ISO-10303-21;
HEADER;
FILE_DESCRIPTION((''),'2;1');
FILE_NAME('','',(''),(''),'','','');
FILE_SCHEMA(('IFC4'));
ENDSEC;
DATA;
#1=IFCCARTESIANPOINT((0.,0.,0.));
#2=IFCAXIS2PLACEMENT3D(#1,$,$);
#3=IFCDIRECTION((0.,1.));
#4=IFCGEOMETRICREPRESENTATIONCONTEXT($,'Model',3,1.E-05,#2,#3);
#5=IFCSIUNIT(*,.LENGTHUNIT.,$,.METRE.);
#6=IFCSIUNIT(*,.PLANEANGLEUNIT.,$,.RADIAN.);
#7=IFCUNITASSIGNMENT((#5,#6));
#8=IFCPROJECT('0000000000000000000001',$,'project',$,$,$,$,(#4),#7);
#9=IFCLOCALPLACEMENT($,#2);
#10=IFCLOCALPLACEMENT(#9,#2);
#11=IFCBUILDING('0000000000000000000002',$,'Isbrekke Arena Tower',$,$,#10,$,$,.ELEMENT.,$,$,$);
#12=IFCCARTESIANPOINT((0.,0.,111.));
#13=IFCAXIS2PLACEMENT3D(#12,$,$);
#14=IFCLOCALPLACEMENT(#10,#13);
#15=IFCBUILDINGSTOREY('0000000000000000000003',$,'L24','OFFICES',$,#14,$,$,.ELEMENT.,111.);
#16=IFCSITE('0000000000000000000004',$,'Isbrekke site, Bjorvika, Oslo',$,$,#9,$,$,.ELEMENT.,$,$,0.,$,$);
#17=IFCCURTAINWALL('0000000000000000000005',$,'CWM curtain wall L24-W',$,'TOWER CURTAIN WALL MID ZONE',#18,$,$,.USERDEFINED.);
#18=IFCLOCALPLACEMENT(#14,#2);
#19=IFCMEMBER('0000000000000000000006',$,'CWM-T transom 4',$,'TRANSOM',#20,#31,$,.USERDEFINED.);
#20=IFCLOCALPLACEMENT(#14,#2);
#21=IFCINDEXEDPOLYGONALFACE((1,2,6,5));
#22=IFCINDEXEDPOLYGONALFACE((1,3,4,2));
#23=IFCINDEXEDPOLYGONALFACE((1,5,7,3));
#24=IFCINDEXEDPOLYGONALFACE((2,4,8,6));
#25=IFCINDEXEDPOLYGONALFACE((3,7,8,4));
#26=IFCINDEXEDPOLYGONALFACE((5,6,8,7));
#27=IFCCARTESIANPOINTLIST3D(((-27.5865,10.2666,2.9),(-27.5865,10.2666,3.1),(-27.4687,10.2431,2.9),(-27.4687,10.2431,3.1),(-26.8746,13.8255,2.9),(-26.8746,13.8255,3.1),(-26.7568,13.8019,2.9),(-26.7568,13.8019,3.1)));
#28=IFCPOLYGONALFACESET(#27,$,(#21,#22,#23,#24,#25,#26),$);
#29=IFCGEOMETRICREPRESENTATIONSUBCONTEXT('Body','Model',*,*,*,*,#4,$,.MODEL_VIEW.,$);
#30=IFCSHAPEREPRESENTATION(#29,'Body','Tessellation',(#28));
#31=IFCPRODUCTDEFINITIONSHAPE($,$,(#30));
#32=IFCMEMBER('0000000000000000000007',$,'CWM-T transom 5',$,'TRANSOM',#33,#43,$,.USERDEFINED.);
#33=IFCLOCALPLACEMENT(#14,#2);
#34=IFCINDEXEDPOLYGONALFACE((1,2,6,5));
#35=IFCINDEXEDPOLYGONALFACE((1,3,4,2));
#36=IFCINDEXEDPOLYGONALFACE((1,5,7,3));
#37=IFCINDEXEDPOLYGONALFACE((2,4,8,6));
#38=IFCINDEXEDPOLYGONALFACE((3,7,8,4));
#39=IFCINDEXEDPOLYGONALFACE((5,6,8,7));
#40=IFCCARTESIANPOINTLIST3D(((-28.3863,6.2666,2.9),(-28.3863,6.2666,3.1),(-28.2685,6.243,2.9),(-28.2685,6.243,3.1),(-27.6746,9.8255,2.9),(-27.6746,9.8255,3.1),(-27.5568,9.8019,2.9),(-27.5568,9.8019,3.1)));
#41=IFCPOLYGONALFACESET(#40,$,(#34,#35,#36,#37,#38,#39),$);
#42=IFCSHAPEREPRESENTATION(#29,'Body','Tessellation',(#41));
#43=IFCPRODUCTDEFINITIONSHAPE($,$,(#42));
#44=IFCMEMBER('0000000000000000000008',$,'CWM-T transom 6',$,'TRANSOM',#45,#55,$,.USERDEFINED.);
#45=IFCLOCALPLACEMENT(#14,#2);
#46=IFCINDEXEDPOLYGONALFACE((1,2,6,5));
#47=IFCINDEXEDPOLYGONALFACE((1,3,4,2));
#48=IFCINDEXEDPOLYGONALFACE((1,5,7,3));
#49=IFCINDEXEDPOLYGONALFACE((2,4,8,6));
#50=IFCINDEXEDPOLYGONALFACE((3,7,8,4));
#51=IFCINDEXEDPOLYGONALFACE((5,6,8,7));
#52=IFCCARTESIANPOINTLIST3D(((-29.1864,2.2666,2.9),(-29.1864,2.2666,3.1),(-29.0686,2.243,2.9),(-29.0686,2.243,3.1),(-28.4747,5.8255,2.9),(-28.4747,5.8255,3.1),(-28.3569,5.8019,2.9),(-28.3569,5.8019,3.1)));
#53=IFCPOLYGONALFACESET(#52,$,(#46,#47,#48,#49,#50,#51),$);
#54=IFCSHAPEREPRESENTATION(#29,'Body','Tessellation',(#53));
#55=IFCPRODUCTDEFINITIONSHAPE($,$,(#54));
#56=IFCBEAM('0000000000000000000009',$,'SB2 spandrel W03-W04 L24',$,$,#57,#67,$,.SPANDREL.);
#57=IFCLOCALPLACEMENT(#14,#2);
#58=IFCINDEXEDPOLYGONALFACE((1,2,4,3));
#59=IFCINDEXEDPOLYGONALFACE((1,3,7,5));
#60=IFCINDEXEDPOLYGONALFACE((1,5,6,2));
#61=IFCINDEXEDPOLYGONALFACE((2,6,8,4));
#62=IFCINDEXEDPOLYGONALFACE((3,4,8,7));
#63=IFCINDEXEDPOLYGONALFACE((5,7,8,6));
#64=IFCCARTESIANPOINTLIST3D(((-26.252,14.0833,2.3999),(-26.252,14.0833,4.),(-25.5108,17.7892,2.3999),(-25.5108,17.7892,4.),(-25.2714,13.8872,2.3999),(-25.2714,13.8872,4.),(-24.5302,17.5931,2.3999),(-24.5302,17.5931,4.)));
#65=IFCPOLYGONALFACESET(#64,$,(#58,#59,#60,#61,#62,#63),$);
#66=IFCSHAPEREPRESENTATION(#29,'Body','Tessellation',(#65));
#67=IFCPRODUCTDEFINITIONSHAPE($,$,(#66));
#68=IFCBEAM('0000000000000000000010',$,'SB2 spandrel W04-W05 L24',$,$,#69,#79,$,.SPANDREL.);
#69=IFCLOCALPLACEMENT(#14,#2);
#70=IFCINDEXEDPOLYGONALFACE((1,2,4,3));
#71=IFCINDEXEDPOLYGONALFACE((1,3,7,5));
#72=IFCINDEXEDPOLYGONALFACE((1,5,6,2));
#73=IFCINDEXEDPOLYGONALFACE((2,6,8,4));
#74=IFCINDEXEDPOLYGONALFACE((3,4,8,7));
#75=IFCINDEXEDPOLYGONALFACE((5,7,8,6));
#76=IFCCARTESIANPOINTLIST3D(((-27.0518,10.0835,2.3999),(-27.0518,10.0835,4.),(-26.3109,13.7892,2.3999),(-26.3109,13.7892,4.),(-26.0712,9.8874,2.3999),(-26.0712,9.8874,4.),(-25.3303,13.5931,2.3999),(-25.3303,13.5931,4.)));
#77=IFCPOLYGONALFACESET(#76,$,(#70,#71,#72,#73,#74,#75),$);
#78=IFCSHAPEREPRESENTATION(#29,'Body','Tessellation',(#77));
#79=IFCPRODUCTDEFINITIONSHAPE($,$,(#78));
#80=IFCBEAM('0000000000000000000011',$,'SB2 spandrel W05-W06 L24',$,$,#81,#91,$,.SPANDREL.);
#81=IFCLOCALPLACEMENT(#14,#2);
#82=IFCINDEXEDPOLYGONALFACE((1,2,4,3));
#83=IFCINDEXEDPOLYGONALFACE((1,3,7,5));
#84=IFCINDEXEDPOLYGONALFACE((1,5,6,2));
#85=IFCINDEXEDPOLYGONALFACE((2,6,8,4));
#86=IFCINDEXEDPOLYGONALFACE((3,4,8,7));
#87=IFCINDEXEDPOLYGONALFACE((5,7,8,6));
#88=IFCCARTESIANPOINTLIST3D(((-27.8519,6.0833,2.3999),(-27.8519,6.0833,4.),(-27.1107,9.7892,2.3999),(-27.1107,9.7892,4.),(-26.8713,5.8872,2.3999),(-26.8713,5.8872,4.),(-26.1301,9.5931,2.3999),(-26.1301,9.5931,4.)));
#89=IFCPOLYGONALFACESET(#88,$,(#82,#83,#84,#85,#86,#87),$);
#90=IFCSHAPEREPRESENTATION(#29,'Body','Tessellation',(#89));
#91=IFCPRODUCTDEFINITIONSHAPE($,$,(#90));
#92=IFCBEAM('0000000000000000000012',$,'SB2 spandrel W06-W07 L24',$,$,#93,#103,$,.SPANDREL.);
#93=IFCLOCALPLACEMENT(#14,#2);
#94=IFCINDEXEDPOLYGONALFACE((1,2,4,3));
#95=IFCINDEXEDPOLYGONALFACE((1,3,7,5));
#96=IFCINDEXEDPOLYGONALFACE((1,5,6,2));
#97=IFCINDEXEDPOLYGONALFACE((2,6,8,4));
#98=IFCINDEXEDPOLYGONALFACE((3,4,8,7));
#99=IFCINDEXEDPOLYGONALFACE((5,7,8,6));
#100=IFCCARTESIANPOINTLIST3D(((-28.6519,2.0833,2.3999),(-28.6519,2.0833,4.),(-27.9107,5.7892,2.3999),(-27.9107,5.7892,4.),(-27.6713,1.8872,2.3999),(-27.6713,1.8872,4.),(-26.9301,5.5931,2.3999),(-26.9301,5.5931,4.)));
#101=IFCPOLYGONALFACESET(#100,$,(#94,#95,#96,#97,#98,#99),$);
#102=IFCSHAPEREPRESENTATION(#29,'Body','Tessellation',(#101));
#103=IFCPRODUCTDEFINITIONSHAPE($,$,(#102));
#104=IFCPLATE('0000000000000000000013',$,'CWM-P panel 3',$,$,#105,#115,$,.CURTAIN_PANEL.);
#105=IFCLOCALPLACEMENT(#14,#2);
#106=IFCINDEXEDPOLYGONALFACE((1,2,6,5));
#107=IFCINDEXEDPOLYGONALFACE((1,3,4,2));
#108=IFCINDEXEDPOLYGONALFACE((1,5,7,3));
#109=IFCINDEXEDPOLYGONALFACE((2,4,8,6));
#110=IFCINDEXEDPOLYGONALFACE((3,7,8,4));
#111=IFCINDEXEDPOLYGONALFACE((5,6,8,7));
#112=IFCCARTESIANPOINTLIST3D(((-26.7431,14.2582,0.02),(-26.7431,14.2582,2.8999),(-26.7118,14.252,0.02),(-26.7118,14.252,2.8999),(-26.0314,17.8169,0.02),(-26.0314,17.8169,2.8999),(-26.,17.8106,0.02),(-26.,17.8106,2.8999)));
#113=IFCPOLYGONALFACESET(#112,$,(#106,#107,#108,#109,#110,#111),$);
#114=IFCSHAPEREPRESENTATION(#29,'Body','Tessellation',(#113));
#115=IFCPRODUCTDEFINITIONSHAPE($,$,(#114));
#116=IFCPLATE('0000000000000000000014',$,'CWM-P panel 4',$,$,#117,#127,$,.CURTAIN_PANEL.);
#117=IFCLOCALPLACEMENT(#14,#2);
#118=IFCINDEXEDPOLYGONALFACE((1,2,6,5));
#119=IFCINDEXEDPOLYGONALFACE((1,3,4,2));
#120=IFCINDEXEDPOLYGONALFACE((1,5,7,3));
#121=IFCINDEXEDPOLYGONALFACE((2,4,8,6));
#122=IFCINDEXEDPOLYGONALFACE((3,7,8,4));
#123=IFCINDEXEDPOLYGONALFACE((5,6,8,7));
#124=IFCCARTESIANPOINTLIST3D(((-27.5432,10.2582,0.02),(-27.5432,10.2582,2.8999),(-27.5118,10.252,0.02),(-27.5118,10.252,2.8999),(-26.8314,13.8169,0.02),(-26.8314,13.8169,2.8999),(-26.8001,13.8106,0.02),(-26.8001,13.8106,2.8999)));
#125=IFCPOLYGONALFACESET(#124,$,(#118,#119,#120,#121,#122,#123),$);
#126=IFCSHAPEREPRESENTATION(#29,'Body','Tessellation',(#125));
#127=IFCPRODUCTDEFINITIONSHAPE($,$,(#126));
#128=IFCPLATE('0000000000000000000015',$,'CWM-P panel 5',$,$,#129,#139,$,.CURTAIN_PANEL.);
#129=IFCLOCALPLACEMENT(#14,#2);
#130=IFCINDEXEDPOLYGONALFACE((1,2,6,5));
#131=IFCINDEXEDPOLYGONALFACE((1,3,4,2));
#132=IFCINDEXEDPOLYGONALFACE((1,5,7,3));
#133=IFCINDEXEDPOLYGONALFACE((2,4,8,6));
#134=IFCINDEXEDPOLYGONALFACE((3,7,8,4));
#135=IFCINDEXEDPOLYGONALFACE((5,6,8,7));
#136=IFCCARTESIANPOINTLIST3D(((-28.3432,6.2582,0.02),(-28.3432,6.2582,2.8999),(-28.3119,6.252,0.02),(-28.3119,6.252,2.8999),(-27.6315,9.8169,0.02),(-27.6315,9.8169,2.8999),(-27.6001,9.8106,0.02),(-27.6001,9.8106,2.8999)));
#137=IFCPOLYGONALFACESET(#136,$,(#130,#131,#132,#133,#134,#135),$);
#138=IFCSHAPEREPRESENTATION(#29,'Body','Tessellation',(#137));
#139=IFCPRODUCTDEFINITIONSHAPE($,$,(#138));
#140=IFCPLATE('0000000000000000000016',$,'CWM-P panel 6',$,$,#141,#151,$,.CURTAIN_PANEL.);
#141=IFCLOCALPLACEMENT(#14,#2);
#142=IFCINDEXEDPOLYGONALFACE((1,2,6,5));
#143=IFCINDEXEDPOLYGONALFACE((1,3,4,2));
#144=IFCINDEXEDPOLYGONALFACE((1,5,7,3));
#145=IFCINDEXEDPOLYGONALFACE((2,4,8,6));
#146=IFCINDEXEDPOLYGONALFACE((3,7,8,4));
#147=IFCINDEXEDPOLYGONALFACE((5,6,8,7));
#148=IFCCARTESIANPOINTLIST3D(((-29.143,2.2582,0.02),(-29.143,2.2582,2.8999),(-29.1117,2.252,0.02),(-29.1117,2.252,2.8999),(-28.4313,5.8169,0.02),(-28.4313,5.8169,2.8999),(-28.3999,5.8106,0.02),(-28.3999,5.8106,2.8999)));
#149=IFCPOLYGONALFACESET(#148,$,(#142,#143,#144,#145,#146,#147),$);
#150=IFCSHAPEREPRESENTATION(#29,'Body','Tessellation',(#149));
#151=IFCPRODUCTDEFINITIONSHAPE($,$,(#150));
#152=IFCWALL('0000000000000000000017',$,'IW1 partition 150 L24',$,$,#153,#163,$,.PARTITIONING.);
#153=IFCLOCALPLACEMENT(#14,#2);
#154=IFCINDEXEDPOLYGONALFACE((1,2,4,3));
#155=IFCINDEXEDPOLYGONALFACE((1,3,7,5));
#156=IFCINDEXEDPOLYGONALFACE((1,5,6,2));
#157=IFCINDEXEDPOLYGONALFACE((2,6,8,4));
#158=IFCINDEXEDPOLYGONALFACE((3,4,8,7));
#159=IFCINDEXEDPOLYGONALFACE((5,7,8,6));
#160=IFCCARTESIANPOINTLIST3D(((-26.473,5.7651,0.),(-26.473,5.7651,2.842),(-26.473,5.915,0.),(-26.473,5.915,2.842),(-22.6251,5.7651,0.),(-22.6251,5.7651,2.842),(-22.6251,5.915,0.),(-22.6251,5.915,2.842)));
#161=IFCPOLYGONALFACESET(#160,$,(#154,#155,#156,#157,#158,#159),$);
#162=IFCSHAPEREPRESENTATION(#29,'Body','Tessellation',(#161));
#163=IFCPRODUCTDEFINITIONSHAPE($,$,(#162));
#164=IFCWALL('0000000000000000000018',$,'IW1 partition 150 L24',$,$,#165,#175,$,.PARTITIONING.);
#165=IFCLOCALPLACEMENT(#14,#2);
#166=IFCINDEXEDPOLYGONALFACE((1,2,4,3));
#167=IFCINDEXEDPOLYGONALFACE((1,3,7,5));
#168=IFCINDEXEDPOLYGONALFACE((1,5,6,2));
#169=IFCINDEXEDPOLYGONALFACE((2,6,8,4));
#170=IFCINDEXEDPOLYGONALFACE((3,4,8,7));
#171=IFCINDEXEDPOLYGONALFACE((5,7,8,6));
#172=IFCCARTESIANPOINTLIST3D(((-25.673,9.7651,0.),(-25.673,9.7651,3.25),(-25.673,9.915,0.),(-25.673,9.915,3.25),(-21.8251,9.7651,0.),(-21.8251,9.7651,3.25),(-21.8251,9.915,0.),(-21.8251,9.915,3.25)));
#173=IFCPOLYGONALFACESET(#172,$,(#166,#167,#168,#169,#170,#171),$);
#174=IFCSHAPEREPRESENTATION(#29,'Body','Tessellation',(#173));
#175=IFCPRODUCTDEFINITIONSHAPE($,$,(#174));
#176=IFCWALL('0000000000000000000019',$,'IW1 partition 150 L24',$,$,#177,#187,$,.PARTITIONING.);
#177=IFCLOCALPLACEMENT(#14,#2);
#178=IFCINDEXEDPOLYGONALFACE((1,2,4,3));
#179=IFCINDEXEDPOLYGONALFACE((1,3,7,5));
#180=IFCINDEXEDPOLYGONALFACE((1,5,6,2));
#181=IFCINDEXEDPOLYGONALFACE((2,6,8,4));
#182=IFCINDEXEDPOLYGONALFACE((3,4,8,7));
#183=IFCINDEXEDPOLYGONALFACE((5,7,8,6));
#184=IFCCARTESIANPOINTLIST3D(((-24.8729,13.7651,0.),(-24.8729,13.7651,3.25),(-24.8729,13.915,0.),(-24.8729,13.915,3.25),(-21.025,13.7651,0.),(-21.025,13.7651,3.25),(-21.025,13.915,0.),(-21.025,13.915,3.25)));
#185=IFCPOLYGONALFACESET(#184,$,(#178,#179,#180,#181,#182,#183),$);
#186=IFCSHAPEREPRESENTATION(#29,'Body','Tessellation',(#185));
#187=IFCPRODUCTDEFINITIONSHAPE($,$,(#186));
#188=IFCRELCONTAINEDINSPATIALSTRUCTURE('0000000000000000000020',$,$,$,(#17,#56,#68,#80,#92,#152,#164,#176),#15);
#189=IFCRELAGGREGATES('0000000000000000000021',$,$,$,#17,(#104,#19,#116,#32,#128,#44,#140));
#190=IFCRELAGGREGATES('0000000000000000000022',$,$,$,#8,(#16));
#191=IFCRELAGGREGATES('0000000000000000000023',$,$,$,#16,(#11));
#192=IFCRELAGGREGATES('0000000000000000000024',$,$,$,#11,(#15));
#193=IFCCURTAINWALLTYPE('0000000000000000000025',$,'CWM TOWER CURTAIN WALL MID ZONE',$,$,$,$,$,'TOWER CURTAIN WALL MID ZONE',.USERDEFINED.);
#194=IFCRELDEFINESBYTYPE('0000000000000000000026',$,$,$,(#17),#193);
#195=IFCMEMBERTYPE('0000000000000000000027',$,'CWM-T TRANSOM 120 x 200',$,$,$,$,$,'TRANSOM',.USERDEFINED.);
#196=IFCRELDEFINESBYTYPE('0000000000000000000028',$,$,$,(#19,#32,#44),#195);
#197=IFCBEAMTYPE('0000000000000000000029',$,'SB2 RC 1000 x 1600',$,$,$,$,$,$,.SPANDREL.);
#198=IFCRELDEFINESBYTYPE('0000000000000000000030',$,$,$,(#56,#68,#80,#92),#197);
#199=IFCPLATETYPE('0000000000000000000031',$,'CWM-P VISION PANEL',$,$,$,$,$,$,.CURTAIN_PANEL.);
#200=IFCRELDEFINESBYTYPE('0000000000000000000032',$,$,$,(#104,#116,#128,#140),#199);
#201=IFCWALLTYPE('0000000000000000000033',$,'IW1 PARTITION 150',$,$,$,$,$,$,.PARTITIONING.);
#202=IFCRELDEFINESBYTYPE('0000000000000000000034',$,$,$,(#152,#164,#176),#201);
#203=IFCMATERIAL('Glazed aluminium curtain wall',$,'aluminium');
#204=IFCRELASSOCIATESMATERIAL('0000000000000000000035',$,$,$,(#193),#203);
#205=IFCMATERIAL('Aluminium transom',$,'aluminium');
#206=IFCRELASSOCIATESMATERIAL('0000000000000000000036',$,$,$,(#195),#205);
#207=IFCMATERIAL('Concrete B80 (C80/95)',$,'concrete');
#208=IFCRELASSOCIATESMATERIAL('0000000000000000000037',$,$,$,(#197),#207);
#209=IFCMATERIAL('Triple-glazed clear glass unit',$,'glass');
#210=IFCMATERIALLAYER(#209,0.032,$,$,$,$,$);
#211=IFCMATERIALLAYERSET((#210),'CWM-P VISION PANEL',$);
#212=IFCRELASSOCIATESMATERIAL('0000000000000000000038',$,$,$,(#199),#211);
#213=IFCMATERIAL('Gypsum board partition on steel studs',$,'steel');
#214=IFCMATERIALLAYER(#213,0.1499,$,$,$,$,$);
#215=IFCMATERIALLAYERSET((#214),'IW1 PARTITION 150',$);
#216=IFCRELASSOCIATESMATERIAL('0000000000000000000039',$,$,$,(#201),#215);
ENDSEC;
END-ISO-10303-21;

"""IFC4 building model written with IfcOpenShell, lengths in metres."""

from ifc_helpers import new_model, si_unit, direction, frame, frame_2d, origin, origin_2d, place, context, subcontext, project, spatial, rectangle, extrude, material, layer, layer_set, material_profile, profile_set, type_object, element, aggregate, save


model = new_model("IFC4")

# Units and contexts
model_context = context("Model", 3, precision=1e-05, world=origin(), true_north=direction((0.0, 1.0)))
body_context = subcontext(model_context, "Body", "Model", "MODEL_VIEW")
ifc_project = project(units=[si_unit("LENGTHUNIT", "METRE"), si_unit("PLANEANGLEUNIT", "RADIAN")], contexts=[model_context])

# Site, building, storey
site_placement = place(None, origin())
site = spatial("IfcSite", under=ifc_project, at=site_placement, Name="Isbrekke site, Bjorvika, Oslo", CompositionType="ELEMENT", RefElevation=0.0)
building_placement = place(site_placement, origin())
building = spatial("IfcBuilding", under=site, at=building_placement, Name="Isbrekke Arena Tower", CompositionType="ELEMENT")
storey_placement = place(building_placement, frame((0.0, 0.0, 111.0)))
storey = spatial("IfcBuildingStorey", under=building, at=storey_placement, Name="L24", Description="OFFICES", CompositionType="ELEMENT", Elevation=111.0)

# Curtain wall, members
ifc_material_1 = material(Name="Glazed aluminium curtain wall", Category="aluminium")
curtain_wall_type = type_object("IfcCurtainWallType", Name="CWM TOWER CURTAIN WALL MID ZONE", ElementType="TOWER CURTAIN WALL MID ZONE", PredefinedType="USERDEFINED", material=ifc_material_1)
curtain_wall_placement = place(storey_placement, origin())
curtain_wall = element("IfcCurtainWall", 1, at=curtain_wall_placement, inside=storey, type_object=curtain_wall_type, Name="CWM curtain wall L24-W", ObjectType="TOWER CURTAIN WALL MID ZONE", PredefinedType="USERDEFINED")
ifc_material_2 = material(Name="Aluminium transom", Category="aluminium")
ifc_material_profile_1 = material_profile(ifc_material_2, rectangle(XDim=0.1201, YDim=0.2, at=origin_2d()), Name="TRANSOM 120X200")
ifc_profile_set_1 = profile_set([ifc_material_profile_1], Name="Aluminium transom")
member_type_1 = type_object("IfcMemberType", Name="CWM-T TRANSOM 120 x 200", ElementType="TRANSOM", PredefinedType="USERDEFINED", material=ifc_profile_set_1)
member_1_placement = place(storey_placement, frame((-26.8157, 13.8137, 3.0), z_axis=(-0.196155, -0.980573, 0.0), x_axis=(0.980573, -0.196155, 0.0)))
member_1 = element("IfcMember", 2, at=member_1_placement, type_object=member_type_1, Name="CWM-T transom 4", ObjectType="TRANSOM", PredefinedType="USERDEFINED", context=body_context, shape_type="SweptSolid", body=[
    extrude(rectangle(XDim=0.1201, YDim=0.2, at=origin_2d()), origin(), (0.0, 0.0, 1.0), 3.6294),
])
member_2_placement = place(storey_placement, frame((-27.6157, 9.8137, 3.0), z_axis=(-0.19609, -0.980586, 0.0), x_axis=(0.980586, -0.19609, 0.0)))
member_2 = element("IfcMember", 3, at=member_2_placement, type_object=member_type_1, Name="CWM-T transom 5", ObjectType="TRANSOM", PredefinedType="USERDEFINED", context=body_context, shape_type="SweptSolid", body=[
    extrude(rectangle(XDim=0.1201, YDim=0.2, at=origin_2d()), origin(), (0.0, 0.0, 1.0), 3.6294),
])
member_3_placement = place(storey_placement, frame((-28.4158, 5.8137, 3.0), z_axis=(-0.19609, -0.980586, 0.0), x_axis=(0.980586, -0.19609, 0.0)))
member_3 = element("IfcMember", 4, at=member_3_placement, type_object=member_type_1, Name="CWM-T transom 6", ObjectType="TRANSOM", PredefinedType="USERDEFINED", context=body_context, shape_type="SweptSolid", body=[
    extrude(rectangle(XDim=0.1201, YDim=0.2, at=origin_2d()), origin(), (0.0, 0.0, 1.0), 3.6294),
])

# Beams
ifc_material_3 = material(Name="Concrete B80 (C80/95)", Category="concrete")
ifc_material_profile_2 = material_profile(ifc_material_3, rectangle(XDim=1.0, YDim=1.6001, at=origin_2d()), Name="RC 1000x1600")
ifc_profile_set_2 = profile_set([ifc_material_profile_2], Name="Concrete B80 (C80/95)")
beam_type_1 = type_object("IfcBeamType", Name="SB2 RC 1000 x 1600", PredefinedType="SPANDREL", material=ifc_profile_set_2)
beam_1_placement = place(storey_placement, frame((-25.0205, 17.6912, 3.2), z_axis=(-0.196129, -0.980578, 0.0), x_axis=(0.980578, -0.196129, 0.0)))
element("IfcBeam", 5, at=beam_1_placement, inside=storey, type_object=beam_type_1, Name="SB2 spandrel W03-W04 L24", PredefinedType="SPANDREL", context=body_context, shape_type="SweptSolid", body=[
    extrude(rectangle(XDim=1.0, YDim=1.6001, at=origin_2d()), origin(), (0.0, 0.0, 1.0), 3.7793),
])
beam_2_placement = place(storey_placement, frame((-25.8206, 13.6912, 3.2), z_axis=(-0.196066, -0.980591, 0.0), x_axis=(0.980591, -0.196066, 0.0)))
element("IfcBeam", 6, at=beam_2_placement, inside=storey, type_object=beam_type_1, Name="SB2 spandrel W04-W05 L24", PredefinedType="SPANDREL", context=body_context, shape_type="SweptSolid", body=[
    extrude(rectangle(XDim=1.0, YDim=1.6001, at=origin_2d()), origin(), (0.0, 0.0, 1.0), 3.7791),
])
for number, where, z_axis, x_axis, name in (
    (7, (-26.6204, 9.6912, 3.2), (-0.196129, -0.980578, 0.0), (0.980578, -0.196129, 0.0), "SB2 spandrel W05-W06 L24"),
    (8, (-27.4204, 5.6912, 3.2), (-0.196129, -0.980578, 0.0), (0.980578, -0.196129, 0.0), "SB2 spandrel W06-W07 L24"),
):
    element("IfcBeam", number, at=place(storey_placement, frame(where, z_axis=z_axis, x_axis=x_axis)), inside=storey, type_object=beam_type_1, Name=name, PredefinedType="SPANDREL", context=body_context, shape_type="SweptSolid", body=[
        extrude(rectangle(XDim=1.0, YDim=1.6001, at=origin_2d()), origin(), (0.0, 0.0, 1.0), 3.7793),
    ])

# Plates
ifc_material_4 = material(Name="Triple-glazed clear glass unit", Category="glass")
ifc_layer_1 = layer(ifc_material_4, 0.032)
ifc_layer_set_1 = layer_set([ifc_layer_1], Name="CWM-P VISION PANEL")
plate_type = type_object("IfcPlateType", Name="CWM-P VISION PANEL", PredefinedType="CURTAIN_PANEL", material=ifc_layer_set_1)
plate_1_placement = place(storey_placement, frame((-26.3716, 16.0344, 0.02), z_axis=(0.0, 0.0, 1.0), x_axis=(-0.196116, -0.980581, 0.0)))
plate_1 = element("IfcPlate", 9, at=plate_1_placement, type_object=plate_type, Name="CWM-P panel 3", PredefinedType="CURTAIN_PANEL", context=body_context, shape_type="SweptSolid", body=[
    extrude(rectangle(XDim=3.6292, YDim=0.032, at=origin_2d()), origin(), (0.0, 0.0, 1.0), 2.8799),
])
plate_2_placement = place(storey_placement, frame((-27.1716, 12.0344, 0.02), z_axis=(0.0, 0.0, 1.0), x_axis=(-0.196116, -0.980581, 0.0)))
plate_2 = element("IfcPlate", 10, at=plate_2_placement, type_object=plate_type, Name="CWM-P panel 4", PredefinedType="CURTAIN_PANEL", context=body_context, shape_type="SweptSolid", body=[
    extrude(rectangle(XDim=3.6292, YDim=0.032, at=origin_2d()), origin(), (0.0, 0.0, 1.0), 2.8799),
])
plate_3_placement = place(storey_placement, frame((-27.9717, 8.0344, 0.02), z_axis=(0.0, 0.0, 1.0), x_axis=(-0.196116, -0.980581, 0.0)))
plate_3 = element("IfcPlate", 11, at=plate_3_placement, type_object=plate_type, Name="CWM-P panel 5", PredefinedType="CURTAIN_PANEL", context=body_context, shape_type="SweptSolid", body=[
    extrude(rectangle(XDim=3.6292, YDim=0.032, at=origin_2d()), origin(), (0.0, 0.0, 1.0), 2.8799),
])
plate_4_placement = place(storey_placement, frame((-28.7715, 4.0344, 0.02), z_axis=(0.0, 0.0, 1.0), x_axis=(-0.196116, -0.980581, 0.0)))
plate_4 = element("IfcPlate", 12, at=plate_4_placement, type_object=plate_type, Name="CWM-P panel 6", PredefinedType="CURTAIN_PANEL", context=body_context, shape_type="SweptSolid", body=[
    extrude(rectangle(XDim=3.6292, YDim=0.032, at=origin_2d()), origin(), (0.0, 0.0, 1.0), 2.8799),
])
aggregate(curtain_wall, [plate_1, member_1, plate_2, member_2, plate_3, member_3, plate_4])

# Walls
ifc_material_5 = material(Name="Gypsum board partition on steel studs", Category="steel")
ifc_layer_2 = layer(ifc_material_5, 0.1499)
ifc_layer_set_2 = layer_set([ifc_layer_2], Name="IW1 PARTITION 150")
wall_type = type_object("IfcWallType", Name="IW1 PARTITION 150", PredefinedType="PARTITIONING", material=ifc_layer_set_2)
wall_1_placement = place(storey_placement, frame((-26.4729, 5.8401, 0.0), z_axis=(0.0, 0.0, 1.0), x_axis=(1.0, 0.0, 0.0)))
element("IfcWall", 13, at=wall_1_placement, inside=storey, type_object=wall_type, Name="IW1 partition 150 L24", PredefinedType="PARTITIONING", context=body_context, shape_type="SweptSolid", body=[
    extrude(rectangle(XDim=3.8479, YDim=0.1499, at=frame_2d((1.9238, 0.0))), origin(), (0.0, 0.0, 1.0), 2.842),
])
for number, where, z_axis, x_axis, name in (
    (14, (-25.6729, 9.8401, 0.0), (0.0, 0.0, 1.0), (1.0, 0.0, 0.0), "IW1 partition 150 L24"),
    (15, (-24.8728, 13.8401, 0.0), (0.0, 0.0, 1.0), (1.0, 0.0, 0.0), "IW1 partition 150 L24"),
):
    element("IfcWall", number, at=place(storey_placement, frame(where, z_axis=z_axis, x_axis=x_axis)), inside=storey, type_object=wall_type, Name=name, PredefinedType="PARTITIONING", context=body_context, shape_type="SweptSolid", body=[
        extrude(rectangle(XDim=3.8479, YDim=0.1499, at=frame_2d((1.9238, 0.0))), origin(), (0.0, 0.0, 1.0), 3.25),
    ])

save(model, "model.ifc")
